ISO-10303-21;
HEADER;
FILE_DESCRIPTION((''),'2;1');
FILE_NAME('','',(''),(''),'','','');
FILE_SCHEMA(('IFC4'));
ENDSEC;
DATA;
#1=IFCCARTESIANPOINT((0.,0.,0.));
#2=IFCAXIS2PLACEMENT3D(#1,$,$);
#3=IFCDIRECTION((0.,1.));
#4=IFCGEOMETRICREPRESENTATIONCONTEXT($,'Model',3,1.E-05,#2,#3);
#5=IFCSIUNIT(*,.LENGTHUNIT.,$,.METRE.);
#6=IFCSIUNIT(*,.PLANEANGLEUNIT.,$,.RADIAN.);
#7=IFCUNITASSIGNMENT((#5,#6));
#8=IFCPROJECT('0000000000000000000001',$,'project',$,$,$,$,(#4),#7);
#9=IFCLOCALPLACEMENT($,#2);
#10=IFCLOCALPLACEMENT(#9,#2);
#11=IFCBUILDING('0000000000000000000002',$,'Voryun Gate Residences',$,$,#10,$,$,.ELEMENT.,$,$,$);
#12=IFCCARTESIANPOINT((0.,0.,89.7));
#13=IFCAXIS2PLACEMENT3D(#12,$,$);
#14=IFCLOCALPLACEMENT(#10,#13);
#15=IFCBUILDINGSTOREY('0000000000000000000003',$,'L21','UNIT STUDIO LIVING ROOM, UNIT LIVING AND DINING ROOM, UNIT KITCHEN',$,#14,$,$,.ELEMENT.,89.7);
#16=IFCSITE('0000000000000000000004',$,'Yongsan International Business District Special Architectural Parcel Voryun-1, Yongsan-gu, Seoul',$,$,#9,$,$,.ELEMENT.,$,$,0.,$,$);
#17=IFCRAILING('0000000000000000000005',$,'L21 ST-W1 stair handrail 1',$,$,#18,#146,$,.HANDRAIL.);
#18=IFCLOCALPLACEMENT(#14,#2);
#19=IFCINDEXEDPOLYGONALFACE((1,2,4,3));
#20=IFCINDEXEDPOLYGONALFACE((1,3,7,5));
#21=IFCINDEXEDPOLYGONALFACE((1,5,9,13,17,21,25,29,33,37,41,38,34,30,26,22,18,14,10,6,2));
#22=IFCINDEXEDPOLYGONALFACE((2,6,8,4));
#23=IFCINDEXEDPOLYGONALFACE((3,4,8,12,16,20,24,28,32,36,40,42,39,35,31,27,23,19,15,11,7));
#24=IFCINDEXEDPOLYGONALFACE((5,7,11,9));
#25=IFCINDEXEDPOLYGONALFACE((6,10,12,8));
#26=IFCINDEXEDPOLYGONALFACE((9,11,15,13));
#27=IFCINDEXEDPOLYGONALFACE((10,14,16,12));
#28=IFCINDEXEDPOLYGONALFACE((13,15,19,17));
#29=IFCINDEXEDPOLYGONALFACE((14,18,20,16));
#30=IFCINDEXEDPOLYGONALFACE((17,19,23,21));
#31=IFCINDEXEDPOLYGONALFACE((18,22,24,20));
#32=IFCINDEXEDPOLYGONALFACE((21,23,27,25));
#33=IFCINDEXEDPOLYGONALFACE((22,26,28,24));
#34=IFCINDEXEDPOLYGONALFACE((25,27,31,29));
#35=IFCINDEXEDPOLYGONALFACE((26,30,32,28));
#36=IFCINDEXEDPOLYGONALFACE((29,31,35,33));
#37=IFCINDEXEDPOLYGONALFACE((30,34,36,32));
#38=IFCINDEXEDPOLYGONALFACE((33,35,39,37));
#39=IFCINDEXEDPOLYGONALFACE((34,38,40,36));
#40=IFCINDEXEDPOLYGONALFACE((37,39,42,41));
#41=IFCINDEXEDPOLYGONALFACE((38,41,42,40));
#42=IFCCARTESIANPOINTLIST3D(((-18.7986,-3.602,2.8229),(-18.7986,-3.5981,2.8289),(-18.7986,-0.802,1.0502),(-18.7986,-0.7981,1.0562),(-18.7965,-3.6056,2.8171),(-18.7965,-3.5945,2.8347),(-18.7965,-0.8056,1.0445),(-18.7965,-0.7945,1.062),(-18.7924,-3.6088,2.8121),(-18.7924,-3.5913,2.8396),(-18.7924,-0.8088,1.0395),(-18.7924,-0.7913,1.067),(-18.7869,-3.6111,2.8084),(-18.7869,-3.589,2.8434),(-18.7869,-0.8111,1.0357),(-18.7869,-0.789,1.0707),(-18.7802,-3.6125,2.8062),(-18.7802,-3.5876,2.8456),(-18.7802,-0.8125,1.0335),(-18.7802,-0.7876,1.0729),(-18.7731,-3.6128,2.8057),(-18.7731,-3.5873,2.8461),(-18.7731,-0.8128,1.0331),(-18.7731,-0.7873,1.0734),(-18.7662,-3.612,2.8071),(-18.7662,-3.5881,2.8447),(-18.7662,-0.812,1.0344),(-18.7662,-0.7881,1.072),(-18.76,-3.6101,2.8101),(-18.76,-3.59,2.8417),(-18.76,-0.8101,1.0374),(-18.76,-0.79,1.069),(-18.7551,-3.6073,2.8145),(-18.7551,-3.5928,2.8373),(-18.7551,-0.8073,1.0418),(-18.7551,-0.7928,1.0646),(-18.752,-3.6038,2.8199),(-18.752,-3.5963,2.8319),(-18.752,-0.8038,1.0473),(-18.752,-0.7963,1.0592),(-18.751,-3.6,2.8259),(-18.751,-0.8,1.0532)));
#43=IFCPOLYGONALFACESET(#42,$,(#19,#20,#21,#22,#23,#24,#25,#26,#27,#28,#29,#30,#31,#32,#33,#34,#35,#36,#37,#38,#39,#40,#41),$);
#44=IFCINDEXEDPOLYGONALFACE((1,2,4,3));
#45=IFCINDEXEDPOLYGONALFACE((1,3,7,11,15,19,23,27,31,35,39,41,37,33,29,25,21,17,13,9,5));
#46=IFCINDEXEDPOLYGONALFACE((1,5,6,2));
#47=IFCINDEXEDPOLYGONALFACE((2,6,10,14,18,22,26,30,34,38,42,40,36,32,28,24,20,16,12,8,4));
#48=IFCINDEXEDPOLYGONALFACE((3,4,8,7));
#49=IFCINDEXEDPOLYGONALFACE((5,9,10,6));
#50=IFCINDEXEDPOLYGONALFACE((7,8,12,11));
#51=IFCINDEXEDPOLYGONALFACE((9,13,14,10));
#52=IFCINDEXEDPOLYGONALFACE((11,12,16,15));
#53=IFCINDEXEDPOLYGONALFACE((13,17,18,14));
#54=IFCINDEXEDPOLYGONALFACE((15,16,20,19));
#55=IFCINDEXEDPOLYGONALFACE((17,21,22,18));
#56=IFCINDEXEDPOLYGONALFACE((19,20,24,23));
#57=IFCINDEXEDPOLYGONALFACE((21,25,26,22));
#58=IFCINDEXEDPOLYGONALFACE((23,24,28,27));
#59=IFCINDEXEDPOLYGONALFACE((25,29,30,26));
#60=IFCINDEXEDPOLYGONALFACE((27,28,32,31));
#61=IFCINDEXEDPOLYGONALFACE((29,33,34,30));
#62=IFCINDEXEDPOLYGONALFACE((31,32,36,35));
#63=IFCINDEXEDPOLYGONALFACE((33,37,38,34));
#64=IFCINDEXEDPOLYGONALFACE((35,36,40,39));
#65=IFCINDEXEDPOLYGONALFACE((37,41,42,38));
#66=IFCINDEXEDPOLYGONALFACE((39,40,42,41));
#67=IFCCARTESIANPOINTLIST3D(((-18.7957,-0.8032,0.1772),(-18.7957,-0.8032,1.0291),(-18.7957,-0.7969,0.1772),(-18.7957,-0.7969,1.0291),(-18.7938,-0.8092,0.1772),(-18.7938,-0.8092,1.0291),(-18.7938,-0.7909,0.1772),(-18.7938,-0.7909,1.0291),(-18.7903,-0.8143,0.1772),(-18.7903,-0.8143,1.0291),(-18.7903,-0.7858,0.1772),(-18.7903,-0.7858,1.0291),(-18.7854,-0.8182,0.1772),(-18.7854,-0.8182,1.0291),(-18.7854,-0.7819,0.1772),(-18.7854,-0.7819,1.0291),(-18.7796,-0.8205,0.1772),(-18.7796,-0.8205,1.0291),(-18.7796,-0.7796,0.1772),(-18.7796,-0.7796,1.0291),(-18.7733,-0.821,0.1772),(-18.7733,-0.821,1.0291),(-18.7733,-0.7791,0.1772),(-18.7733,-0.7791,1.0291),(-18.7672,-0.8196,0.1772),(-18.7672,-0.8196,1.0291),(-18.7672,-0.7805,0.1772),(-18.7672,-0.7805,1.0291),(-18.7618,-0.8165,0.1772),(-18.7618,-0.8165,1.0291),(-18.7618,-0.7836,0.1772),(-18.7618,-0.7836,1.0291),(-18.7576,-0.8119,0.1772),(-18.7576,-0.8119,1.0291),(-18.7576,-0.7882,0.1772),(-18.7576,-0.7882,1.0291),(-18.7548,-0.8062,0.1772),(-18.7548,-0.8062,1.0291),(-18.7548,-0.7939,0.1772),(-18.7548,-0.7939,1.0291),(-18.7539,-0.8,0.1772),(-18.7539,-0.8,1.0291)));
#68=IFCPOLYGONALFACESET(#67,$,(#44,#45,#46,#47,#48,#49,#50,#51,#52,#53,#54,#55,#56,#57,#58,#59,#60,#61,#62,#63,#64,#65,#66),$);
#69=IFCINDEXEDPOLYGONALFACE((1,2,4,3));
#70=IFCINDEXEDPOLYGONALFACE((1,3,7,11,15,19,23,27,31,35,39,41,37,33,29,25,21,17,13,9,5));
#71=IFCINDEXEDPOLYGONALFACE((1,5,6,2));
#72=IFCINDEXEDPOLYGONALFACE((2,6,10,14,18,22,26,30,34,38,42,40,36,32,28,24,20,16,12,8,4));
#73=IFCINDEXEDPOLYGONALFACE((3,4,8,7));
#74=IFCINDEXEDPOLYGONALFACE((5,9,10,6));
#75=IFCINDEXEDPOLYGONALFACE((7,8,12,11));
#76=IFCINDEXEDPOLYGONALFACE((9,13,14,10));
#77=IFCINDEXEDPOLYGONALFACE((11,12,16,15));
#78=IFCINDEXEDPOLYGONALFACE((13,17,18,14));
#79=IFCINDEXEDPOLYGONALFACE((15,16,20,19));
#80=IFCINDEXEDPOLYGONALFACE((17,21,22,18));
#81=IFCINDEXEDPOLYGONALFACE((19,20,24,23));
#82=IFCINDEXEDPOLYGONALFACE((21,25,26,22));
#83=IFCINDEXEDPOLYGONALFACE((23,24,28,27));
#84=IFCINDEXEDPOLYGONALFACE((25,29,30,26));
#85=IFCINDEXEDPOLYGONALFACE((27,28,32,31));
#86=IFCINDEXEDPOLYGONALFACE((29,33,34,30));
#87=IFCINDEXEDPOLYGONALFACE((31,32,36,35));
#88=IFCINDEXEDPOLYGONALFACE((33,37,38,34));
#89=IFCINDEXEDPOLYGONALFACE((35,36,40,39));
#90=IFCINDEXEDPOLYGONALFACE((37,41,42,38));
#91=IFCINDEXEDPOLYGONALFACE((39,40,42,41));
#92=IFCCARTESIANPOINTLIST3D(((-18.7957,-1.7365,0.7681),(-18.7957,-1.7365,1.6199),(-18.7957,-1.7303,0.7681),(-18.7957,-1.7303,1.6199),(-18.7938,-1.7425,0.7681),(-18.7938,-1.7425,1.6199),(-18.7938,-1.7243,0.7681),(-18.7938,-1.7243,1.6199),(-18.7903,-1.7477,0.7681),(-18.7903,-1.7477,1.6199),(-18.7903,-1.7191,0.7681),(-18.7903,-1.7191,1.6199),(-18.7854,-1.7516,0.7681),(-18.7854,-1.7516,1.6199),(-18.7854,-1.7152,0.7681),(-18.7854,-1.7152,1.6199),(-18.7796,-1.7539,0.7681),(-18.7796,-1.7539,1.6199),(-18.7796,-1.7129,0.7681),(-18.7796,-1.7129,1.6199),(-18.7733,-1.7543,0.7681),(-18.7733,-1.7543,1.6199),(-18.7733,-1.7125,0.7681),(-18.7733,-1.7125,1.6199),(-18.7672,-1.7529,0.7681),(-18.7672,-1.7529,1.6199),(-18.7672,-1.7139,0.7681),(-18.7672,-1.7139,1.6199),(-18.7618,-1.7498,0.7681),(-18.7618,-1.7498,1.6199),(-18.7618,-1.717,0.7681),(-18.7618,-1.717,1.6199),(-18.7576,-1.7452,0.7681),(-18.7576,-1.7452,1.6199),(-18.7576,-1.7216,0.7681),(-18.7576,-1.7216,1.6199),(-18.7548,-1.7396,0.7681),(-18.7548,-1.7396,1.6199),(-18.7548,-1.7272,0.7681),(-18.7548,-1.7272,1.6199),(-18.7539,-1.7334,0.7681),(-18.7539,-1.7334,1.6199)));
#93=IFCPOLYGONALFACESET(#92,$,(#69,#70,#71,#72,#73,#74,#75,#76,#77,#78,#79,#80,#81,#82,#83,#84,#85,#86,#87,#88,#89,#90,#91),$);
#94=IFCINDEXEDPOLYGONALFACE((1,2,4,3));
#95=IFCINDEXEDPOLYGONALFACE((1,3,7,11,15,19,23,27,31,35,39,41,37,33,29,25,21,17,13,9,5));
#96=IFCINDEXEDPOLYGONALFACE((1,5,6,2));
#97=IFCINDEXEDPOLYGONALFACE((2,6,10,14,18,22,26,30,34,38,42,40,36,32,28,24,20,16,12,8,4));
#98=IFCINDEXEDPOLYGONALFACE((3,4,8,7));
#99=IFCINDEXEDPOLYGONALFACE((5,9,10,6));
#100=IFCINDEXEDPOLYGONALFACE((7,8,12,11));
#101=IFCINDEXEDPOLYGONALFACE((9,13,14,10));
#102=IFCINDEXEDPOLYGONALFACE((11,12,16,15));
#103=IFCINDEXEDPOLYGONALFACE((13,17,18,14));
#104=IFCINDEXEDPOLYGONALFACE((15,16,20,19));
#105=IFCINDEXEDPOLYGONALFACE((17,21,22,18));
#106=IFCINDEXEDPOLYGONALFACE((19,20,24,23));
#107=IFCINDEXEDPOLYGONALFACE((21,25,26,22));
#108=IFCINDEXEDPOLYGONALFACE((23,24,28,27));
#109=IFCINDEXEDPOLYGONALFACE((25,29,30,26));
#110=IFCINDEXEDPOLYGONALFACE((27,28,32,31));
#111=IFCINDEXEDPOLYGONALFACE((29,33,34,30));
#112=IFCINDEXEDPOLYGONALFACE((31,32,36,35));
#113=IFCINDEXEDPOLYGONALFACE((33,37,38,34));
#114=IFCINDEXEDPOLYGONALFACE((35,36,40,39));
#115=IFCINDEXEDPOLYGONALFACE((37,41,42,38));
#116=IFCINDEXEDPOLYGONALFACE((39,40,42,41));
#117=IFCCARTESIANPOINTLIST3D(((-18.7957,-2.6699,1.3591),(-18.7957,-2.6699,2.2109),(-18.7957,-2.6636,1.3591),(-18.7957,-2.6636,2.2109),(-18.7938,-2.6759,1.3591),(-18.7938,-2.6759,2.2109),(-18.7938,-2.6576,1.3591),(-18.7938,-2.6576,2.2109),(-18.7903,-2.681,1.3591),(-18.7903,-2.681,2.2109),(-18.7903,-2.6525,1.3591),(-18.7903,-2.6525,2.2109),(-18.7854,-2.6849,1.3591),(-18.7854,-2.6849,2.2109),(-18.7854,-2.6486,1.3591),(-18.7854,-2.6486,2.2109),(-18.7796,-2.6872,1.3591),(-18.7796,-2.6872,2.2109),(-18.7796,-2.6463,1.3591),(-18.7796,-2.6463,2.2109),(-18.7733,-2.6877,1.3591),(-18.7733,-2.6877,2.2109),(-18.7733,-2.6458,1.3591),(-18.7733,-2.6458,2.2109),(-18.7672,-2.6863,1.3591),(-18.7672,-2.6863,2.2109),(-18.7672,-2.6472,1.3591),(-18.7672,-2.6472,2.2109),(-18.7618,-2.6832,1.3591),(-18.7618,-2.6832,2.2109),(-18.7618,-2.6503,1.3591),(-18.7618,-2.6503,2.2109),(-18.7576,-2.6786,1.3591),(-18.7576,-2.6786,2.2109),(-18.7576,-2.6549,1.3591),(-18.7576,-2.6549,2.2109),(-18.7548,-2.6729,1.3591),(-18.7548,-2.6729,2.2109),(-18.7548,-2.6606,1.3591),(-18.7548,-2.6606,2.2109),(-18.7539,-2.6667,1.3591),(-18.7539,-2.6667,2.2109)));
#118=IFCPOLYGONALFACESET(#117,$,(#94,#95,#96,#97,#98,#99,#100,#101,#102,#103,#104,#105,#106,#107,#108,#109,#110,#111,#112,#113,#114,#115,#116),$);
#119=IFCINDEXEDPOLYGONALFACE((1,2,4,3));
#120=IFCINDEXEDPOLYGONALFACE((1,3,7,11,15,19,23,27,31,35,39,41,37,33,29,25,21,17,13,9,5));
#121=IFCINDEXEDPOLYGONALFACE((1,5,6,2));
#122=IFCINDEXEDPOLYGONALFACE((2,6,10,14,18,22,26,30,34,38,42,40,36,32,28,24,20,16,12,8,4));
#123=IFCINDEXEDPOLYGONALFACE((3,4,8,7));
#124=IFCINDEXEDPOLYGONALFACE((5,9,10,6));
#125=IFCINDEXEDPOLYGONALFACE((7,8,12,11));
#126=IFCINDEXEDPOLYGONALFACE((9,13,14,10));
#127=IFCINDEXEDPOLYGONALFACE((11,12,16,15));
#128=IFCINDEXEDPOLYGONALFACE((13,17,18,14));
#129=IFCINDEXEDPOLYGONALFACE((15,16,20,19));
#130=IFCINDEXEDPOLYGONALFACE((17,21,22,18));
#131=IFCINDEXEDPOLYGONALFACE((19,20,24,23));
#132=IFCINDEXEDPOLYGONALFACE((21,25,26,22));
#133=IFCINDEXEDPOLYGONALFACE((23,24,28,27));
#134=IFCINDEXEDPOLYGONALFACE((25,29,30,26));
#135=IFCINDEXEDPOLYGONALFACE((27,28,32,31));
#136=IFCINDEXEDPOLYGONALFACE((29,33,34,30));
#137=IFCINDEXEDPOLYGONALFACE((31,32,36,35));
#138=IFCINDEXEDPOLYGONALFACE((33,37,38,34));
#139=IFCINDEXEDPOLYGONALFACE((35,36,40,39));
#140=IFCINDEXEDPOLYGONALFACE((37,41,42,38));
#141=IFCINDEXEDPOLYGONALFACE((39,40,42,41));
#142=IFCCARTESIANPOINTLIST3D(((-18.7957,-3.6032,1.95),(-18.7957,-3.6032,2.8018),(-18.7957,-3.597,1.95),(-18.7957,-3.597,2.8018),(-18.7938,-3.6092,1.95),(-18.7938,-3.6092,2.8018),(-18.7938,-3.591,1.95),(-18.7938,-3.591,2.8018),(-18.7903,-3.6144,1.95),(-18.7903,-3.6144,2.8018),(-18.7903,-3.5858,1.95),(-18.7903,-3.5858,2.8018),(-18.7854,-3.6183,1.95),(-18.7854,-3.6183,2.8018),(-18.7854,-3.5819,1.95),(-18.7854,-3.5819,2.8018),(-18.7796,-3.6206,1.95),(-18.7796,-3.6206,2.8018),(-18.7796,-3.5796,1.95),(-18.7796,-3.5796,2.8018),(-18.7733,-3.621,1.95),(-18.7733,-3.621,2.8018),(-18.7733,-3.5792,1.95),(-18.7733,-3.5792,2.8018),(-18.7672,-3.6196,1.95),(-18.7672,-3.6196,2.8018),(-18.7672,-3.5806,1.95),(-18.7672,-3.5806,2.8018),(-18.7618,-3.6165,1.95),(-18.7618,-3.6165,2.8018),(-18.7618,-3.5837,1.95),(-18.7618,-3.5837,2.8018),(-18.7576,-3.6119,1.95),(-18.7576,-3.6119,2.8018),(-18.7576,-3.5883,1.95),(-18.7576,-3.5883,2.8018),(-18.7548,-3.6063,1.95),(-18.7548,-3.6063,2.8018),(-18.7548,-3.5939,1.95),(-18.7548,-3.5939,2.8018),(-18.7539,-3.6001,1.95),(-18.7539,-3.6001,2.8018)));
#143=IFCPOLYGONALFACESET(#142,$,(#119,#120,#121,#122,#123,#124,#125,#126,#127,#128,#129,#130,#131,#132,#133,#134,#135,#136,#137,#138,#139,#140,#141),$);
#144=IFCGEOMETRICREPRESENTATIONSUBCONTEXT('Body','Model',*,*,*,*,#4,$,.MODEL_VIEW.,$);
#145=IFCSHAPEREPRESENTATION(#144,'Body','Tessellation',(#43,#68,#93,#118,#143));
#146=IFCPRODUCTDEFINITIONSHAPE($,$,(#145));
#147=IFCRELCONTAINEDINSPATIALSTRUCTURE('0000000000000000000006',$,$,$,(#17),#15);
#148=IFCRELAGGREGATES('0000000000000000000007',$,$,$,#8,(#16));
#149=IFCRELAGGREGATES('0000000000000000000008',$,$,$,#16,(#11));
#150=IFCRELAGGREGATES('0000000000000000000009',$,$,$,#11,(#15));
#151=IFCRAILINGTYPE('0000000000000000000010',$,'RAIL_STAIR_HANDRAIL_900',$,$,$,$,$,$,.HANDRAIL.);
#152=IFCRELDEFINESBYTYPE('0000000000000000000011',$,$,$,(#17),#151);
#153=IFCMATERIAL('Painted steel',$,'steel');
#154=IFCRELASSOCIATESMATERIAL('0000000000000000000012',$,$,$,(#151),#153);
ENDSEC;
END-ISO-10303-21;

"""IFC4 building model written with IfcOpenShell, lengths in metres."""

from ifc_helpers import new_model, si_unit, direction, frame, origin, origin_2d, place, context, subcontext, project, spatial, circle, extrude, material, type_object, element, save


model = new_model("IFC4")

# Units and contexts
model_context = context("Model", 3, precision=1e-05, world=origin(), true_north=direction((0.0, 1.0)))
body_context = subcontext(model_context, "Body", "Model", "MODEL_VIEW")
ifc_project = project(units=[si_unit("LENGTHUNIT", "METRE"), si_unit("PLANEANGLEUNIT", "RADIAN")], contexts=[model_context])

# Site, building, storey
site_placement = place(None, origin())
site = spatial("IfcSite", under=ifc_project, at=site_placement, Name="Yongsan International Business District Special Architectural Parcel Voryun-1, Yongsan-gu, Seoul", CompositionType="ELEMENT", RefElevation=0.0)
building_placement = place(site_placement, origin())
building = spatial("IfcBuilding", under=site, at=building_placement, Name="Voryun Gate Residences", CompositionType="ELEMENT")
storey_placement = place(building_placement, frame((0.0, 0.0, 89.7)))
storey = spatial("IfcBuildingStorey", under=building, at=storey_placement, Name="L21", Description="UNIT STUDIO LIVING ROOM, UNIT LIVING AND DINING ROOM, UNIT KITCHEN", CompositionType="ELEMENT", Elevation=89.7)

# Railing
ifc_material_1 = material(Name="Painted steel", Category="steel")
railing_type_1 = type_object("IfcRailingType", Name="RAIL_STAIR_HANDRAIL_900", PredefinedType="HANDRAIL", material=ifc_material_1)
railing_1_placement = place(storey_placement, frame((-18.7749, -0.8, 0.1772)))
element("IfcRailing", 1, at=railing_1_placement, inside=storey, type_object=railing_type_1, Name="L21 ST-W1 stair handrail 1", PredefinedType="HANDRAIL", context=body_context, shape_type="SweptSolid", body=[
    extrude(circle(Radius=0.0239, at=origin_2d()), frame((0.0, 0.0, 0.876), z_axis=(0.0, -0.844909, 0.53491), x_axis=(1.0, 0.0, 0.0)), (0.0, 0.0, 1.0), 3.314),
    extrude(circle(Radius=0.021, at=origin_2d()), origin(), (0.0, 0.0, 1.0), 0.8518),
    extrude(circle(Radius=0.021, at=origin_2d()), frame((0.0, -0.9333, 0.5908)), (0.0, 0.0, 1.0), 0.8518),
    extrude(circle(Radius=0.021, at=origin_2d()), frame((0.0, -1.8667, 1.1819)), (0.0, 0.0, 1.0), 0.8518),
    extrude(circle(Radius=0.021, at=origin_2d()), frame((0.0, -2.8, 1.7727)), (0.0, 0.0, 1.0), 0.8518),
])

save(model, "model.ifc")
